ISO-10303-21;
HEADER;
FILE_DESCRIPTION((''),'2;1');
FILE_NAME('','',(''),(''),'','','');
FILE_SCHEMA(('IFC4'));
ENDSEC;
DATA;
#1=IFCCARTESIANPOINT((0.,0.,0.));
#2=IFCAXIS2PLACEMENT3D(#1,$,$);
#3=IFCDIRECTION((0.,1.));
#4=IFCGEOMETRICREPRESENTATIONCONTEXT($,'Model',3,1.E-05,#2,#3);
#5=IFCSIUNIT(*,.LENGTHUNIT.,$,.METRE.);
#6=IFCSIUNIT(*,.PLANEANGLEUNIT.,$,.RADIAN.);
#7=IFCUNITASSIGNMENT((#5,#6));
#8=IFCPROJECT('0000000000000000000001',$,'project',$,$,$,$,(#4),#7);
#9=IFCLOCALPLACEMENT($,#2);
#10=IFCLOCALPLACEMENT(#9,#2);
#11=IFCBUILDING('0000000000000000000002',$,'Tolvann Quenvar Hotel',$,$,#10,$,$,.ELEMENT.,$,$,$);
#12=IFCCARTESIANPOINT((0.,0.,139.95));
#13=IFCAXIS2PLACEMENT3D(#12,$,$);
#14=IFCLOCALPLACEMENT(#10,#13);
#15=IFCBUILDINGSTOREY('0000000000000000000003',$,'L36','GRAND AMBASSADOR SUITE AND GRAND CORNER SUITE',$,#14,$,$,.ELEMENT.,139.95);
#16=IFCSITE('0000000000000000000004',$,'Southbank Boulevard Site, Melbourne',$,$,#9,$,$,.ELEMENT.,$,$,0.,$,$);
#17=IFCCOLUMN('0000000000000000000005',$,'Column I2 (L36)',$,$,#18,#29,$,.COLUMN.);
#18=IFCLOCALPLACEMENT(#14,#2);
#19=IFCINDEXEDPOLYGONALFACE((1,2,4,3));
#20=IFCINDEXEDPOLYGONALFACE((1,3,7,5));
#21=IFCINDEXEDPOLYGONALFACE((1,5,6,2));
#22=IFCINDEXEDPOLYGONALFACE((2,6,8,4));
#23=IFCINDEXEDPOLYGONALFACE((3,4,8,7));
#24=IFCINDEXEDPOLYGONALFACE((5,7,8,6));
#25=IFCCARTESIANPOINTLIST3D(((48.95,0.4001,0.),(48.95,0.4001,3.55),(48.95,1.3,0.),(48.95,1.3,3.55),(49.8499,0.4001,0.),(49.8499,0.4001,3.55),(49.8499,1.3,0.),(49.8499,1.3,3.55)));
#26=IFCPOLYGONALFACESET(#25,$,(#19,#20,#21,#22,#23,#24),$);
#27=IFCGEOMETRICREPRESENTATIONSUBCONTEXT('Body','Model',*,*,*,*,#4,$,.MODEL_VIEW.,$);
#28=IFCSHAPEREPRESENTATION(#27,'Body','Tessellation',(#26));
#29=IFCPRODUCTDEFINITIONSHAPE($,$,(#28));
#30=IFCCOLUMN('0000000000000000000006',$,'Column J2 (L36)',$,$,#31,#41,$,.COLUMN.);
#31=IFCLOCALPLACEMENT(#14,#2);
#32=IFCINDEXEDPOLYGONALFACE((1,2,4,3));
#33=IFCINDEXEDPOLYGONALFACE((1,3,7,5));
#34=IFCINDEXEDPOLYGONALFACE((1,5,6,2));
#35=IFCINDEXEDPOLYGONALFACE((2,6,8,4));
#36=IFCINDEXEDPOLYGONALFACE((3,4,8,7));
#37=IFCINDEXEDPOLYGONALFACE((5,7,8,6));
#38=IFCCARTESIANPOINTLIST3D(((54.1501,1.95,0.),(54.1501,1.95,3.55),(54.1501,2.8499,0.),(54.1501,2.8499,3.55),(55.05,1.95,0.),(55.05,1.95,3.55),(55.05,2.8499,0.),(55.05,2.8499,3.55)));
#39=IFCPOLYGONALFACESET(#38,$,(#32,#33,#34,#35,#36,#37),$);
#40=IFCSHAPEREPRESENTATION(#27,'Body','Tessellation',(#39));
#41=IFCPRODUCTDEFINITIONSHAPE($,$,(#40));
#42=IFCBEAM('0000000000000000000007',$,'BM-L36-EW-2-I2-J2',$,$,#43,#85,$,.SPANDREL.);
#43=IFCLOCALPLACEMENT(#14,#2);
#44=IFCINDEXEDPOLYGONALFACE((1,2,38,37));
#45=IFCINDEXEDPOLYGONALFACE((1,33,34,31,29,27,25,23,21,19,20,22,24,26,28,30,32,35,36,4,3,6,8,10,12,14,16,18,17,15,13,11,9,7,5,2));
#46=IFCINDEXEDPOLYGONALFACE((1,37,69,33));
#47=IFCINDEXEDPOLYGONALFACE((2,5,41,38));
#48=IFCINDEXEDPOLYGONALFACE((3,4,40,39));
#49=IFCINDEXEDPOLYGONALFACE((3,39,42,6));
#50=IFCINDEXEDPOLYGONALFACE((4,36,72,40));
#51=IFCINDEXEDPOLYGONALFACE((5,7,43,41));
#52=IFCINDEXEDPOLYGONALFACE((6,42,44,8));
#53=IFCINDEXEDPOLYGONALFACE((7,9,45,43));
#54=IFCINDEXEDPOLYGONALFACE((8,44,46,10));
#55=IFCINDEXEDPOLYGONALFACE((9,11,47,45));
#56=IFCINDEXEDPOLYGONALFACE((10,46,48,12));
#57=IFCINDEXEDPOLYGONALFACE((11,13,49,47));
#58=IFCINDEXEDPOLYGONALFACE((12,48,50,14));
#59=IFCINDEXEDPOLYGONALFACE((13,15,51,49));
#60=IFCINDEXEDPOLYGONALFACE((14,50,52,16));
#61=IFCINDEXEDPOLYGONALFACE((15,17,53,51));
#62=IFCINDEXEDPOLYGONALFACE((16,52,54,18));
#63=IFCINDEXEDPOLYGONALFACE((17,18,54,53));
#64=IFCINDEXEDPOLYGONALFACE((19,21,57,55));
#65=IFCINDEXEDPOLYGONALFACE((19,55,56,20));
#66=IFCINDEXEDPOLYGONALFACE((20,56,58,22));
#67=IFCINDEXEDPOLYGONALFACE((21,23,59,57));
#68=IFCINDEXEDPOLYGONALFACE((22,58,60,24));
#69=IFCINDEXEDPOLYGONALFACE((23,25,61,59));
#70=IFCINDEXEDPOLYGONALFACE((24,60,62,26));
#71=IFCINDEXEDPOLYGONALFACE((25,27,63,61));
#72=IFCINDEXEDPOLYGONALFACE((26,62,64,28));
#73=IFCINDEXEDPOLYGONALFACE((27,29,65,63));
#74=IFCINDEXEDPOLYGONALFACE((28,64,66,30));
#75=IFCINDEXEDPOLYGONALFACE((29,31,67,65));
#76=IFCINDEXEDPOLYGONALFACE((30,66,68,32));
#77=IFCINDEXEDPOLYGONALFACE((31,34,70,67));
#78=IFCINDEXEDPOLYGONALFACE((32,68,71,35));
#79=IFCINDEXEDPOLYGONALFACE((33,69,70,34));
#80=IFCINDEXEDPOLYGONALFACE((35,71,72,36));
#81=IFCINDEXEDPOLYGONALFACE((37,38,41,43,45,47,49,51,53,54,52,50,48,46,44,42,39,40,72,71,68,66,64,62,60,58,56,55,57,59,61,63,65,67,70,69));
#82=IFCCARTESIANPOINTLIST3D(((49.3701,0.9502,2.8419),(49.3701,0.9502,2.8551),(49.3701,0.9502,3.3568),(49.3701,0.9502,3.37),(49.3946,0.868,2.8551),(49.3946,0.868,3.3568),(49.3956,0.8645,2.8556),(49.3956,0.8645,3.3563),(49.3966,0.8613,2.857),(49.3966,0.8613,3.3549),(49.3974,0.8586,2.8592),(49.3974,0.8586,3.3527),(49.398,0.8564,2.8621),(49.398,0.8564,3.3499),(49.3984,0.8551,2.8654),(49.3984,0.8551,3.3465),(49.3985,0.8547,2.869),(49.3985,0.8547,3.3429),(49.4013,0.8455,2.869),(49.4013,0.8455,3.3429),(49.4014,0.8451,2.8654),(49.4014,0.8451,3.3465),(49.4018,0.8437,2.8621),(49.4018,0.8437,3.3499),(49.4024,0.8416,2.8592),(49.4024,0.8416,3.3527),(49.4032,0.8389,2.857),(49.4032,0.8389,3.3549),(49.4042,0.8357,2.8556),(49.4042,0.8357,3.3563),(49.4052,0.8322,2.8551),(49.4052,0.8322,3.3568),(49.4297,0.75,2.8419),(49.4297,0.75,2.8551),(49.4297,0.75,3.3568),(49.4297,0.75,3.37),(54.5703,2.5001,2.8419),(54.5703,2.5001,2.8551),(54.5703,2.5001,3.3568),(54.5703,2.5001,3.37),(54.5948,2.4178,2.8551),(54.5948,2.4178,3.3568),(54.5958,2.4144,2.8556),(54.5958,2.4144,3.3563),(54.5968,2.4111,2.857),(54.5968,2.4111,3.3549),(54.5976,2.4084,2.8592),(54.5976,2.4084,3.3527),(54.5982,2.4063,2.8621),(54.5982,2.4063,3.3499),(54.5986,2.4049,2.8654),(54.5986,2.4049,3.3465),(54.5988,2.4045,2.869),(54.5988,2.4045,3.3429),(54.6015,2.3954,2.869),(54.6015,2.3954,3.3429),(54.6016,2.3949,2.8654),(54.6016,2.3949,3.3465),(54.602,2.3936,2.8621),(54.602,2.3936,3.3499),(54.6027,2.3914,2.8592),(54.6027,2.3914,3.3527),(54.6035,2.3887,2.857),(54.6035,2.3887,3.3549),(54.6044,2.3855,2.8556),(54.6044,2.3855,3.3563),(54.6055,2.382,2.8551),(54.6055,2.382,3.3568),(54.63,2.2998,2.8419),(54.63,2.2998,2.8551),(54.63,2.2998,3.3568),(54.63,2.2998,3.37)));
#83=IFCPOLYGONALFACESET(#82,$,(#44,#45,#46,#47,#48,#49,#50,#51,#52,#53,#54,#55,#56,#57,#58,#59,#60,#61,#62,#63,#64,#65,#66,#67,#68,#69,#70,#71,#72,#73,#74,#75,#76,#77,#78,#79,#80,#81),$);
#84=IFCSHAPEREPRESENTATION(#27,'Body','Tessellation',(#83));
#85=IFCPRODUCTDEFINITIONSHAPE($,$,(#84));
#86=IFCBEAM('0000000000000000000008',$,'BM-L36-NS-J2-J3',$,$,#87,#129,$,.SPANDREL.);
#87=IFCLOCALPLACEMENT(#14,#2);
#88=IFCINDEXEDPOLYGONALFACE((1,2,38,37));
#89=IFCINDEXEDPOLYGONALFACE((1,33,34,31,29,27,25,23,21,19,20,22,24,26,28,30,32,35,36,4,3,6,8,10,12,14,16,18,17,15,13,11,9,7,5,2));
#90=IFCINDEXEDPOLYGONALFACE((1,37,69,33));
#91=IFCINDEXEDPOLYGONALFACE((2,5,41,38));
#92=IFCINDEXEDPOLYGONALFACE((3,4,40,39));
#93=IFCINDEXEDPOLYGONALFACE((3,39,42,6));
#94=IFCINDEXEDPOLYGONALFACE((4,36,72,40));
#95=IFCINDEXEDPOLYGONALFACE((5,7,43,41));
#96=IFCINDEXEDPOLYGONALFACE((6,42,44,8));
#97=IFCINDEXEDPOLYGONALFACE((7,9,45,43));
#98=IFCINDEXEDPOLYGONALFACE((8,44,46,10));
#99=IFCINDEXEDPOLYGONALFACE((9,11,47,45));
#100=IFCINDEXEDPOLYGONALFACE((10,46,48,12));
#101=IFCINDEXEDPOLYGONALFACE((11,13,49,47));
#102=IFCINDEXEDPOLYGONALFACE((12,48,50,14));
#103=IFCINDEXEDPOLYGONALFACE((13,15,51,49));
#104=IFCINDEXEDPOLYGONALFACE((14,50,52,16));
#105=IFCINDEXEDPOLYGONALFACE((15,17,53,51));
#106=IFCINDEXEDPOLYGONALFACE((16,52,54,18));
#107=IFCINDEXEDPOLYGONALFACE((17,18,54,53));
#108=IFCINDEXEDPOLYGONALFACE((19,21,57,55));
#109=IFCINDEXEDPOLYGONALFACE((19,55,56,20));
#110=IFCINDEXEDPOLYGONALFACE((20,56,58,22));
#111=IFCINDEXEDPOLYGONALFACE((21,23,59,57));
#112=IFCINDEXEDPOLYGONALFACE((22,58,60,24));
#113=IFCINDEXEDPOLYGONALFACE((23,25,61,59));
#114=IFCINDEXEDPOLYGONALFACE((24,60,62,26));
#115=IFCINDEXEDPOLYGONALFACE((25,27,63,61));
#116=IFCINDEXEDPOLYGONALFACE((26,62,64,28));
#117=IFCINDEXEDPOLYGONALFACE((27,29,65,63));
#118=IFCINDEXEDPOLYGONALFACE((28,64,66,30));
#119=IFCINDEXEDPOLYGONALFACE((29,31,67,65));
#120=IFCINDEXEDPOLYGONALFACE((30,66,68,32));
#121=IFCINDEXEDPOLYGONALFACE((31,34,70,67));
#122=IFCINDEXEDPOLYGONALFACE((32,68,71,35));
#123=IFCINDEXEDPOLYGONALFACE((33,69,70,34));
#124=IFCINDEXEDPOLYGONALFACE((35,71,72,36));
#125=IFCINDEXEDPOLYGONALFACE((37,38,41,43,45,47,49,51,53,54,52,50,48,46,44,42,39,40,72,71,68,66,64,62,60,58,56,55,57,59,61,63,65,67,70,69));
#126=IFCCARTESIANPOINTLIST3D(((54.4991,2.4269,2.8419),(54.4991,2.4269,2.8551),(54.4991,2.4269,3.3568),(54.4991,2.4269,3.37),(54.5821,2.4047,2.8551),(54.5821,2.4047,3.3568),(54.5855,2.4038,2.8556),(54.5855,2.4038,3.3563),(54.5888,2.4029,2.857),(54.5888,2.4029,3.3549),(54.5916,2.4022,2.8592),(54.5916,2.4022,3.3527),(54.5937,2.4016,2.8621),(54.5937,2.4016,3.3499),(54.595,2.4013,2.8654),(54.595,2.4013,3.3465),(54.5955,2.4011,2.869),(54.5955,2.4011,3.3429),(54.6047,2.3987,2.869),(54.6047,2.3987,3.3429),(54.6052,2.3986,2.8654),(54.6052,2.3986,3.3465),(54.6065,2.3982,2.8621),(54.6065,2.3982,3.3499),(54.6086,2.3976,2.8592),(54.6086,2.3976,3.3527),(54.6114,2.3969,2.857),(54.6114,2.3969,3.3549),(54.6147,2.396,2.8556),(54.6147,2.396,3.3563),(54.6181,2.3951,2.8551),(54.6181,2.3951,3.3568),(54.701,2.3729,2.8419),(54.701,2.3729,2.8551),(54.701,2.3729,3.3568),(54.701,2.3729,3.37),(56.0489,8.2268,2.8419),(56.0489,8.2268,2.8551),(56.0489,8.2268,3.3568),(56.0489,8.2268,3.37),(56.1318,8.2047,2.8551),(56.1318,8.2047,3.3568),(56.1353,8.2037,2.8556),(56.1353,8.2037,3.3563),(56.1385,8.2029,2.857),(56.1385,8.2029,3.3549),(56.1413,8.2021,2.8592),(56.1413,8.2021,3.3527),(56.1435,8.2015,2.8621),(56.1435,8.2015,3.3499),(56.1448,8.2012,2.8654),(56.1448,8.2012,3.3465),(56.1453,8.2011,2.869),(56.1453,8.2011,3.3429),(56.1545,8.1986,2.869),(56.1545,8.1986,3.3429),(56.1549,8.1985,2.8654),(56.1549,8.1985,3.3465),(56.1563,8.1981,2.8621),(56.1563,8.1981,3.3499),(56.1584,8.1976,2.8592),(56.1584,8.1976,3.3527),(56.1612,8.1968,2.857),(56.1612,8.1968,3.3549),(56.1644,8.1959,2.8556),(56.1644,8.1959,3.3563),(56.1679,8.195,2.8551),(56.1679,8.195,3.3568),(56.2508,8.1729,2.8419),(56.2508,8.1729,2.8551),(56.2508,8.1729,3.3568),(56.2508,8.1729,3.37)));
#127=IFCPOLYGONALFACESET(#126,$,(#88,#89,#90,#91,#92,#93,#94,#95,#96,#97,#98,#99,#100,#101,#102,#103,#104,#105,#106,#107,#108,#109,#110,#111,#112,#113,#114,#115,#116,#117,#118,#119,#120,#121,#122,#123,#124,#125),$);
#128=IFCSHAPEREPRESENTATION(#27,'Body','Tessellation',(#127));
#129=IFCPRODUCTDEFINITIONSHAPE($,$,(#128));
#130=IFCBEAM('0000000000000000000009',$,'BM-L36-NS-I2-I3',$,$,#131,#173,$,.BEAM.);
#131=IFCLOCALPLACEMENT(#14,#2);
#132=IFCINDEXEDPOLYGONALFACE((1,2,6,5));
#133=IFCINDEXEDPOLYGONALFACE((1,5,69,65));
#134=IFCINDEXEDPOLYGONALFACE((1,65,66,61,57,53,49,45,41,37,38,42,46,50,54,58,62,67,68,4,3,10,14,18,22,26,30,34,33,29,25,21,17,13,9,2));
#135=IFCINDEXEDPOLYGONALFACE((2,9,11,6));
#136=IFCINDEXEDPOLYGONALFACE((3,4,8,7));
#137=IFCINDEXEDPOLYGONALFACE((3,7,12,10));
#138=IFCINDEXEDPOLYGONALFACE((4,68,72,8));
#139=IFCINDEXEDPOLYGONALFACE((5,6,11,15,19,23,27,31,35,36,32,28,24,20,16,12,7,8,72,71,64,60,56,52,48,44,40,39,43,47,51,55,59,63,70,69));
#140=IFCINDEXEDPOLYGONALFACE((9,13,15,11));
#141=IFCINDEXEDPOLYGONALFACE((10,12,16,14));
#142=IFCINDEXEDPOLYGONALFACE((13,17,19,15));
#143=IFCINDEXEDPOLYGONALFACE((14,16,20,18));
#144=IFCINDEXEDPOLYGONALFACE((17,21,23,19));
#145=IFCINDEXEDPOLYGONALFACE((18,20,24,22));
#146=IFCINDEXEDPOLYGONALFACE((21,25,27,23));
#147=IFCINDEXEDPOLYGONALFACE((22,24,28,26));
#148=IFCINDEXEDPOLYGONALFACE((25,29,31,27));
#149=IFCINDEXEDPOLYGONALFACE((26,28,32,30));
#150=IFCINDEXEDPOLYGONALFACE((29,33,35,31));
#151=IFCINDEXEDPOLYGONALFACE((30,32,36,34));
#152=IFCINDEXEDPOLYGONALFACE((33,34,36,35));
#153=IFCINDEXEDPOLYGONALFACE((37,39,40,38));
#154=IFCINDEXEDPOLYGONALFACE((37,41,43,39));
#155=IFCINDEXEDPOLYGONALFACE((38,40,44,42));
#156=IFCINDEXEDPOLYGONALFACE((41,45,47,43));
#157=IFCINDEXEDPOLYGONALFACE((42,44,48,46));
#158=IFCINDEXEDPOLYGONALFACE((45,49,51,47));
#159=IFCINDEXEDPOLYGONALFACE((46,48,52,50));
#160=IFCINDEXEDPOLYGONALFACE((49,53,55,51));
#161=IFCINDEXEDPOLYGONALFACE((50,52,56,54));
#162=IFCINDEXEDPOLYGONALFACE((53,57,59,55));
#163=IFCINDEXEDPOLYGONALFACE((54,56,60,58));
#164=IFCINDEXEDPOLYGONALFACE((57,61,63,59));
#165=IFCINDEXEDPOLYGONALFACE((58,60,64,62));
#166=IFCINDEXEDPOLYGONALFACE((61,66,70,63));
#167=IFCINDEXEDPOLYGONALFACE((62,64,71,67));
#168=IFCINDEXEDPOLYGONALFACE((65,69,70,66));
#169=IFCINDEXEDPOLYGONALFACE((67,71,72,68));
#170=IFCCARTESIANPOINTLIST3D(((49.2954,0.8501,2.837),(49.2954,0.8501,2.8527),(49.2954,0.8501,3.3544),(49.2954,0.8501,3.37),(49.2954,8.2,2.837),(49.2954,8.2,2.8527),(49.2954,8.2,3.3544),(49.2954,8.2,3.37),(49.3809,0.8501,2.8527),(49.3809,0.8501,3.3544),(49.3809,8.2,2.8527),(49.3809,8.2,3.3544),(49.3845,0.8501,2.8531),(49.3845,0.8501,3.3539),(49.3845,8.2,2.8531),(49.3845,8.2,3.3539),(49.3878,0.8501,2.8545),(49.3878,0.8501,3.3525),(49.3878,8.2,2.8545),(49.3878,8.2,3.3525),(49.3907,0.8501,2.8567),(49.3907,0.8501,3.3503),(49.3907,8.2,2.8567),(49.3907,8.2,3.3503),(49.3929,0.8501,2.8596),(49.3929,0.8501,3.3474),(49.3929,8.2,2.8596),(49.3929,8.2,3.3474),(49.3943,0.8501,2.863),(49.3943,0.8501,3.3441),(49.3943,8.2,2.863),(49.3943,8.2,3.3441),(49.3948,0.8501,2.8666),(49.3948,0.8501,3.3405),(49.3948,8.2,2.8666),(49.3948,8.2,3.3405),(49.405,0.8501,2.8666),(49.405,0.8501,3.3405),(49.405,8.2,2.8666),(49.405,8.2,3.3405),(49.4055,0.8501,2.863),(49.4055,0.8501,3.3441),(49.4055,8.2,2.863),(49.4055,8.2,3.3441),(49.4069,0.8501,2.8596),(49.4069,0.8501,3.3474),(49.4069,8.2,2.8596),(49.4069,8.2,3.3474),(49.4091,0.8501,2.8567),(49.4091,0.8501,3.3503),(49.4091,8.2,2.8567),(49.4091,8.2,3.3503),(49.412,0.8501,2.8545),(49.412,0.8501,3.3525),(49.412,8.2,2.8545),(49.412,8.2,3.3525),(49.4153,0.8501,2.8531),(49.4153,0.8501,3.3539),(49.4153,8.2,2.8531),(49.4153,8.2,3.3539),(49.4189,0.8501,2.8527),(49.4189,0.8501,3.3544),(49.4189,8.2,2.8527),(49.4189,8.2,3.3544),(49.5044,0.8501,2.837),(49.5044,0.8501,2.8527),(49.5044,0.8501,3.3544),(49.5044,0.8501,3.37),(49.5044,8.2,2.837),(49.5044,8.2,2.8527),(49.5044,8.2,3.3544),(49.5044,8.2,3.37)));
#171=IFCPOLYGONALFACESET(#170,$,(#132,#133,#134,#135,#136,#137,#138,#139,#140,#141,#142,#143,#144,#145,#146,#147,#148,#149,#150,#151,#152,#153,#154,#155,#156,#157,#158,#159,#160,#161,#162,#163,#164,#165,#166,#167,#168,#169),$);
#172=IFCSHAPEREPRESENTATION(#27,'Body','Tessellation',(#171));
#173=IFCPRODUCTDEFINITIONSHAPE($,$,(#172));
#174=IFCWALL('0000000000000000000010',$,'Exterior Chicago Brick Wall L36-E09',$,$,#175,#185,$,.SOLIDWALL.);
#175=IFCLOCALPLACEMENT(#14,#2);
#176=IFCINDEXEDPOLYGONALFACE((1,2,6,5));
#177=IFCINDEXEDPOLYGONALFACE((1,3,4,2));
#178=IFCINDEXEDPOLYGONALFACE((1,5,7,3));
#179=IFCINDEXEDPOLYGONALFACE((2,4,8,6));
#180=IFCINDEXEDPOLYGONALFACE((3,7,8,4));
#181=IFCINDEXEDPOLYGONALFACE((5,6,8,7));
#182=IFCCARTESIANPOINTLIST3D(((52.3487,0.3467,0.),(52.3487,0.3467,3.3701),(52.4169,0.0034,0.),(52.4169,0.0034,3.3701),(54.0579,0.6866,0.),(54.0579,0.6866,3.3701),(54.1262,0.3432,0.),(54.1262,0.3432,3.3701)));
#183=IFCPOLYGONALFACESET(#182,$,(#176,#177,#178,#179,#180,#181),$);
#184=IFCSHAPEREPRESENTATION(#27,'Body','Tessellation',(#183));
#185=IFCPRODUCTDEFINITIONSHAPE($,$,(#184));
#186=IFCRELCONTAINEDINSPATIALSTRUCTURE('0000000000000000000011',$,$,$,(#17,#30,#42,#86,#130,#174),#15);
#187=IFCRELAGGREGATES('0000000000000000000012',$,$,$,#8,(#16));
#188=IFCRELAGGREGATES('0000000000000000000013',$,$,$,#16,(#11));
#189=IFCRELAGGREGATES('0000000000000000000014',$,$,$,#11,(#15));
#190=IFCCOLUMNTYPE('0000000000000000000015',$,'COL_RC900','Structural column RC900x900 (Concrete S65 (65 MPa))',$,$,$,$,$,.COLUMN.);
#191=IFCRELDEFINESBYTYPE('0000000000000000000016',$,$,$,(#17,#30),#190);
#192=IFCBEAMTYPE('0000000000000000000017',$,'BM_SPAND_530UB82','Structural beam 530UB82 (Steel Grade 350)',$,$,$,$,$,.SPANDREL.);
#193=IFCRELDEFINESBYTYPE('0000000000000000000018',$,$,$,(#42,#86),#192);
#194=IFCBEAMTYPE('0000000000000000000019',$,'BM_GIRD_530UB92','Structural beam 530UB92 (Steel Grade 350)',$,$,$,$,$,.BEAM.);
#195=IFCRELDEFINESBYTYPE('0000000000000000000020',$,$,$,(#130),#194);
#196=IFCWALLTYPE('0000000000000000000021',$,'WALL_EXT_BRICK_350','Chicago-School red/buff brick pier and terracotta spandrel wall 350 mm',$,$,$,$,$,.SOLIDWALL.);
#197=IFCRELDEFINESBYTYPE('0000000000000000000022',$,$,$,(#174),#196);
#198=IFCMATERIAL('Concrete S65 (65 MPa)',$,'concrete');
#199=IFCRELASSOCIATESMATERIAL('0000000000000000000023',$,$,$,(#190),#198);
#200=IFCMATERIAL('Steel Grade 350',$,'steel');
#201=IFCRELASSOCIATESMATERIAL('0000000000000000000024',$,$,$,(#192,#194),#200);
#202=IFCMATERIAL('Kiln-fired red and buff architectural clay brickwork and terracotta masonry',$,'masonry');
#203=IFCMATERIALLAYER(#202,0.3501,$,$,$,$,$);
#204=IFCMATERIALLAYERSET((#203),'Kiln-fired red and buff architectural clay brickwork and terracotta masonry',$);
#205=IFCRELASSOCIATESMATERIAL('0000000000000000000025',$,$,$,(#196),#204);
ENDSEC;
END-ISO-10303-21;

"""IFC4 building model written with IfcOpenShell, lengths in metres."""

from ifc_helpers import new_model, si_unit, direction, frame, frame_2d, origin, origin_2d, place, context, subcontext, project, spatial, rectangle, i_section, extrude, source, transform, mapped, material, layer, layer_set, material_profile, profile_set, type_object, type_shapes, element, save


model = new_model("IFC4")

# Units and contexts
model_context = context("Model", 3, precision=1e-05, world=origin(), true_north=direction((0.0, 1.0)))
body_context = subcontext(model_context, "Body", "Model", "MODEL_VIEW")
ifc_project = project(units=[si_unit("LENGTHUNIT", "METRE"), si_unit("PLANEANGLEUNIT", "RADIAN")], contexts=[model_context])

# Site, building, storey
site_placement = place(None, origin())
site = spatial("IfcSite", under=ifc_project, at=site_placement, Name="Southbank Boulevard Site, Melbourne", CompositionType="ELEMENT", RefElevation=0.0)
building_placement = place(site_placement, origin())
building = spatial("IfcBuilding", under=site, at=building_placement, Name="Tolvann Quenvar Hotel", CompositionType="ELEMENT")
storey_placement = place(building_placement, frame((0.0, 0.0, 139.95)))
storey = spatial("IfcBuildingStorey", under=building, at=storey_placement, Name="L36", Description="GRAND AMBASSADOR SUITE AND GRAND CORNER SUITE", CompositionType="ELEMENT", Elevation=139.95)

# Columns
ifc_material_1 = material(Name="Concrete S65 (65 MPa)", Category="concrete")
ifc_material_profile_1 = material_profile(ifc_material_1, rectangle(XDim=0.8999, YDim=0.8999, at=origin_2d()), Name="RC900x900")
ifc_profile_set_1 = profile_set([ifc_material_profile_1], Name="Concrete S65 (65 MPa)")
column_type = type_object("IfcColumnType", Name="COL_RC900", Description="Structural column RC900x900 (Concrete S65 (65 MPa))", PredefinedType="COLUMN", material=ifc_profile_set_1)
shared_shape_1 = source(origin(), body_context, "Body", "SweptSolid", [
    extrude(rectangle(XDim=0.8999, YDim=0.8999, at=origin_2d()), origin(), (0.0, 0.0, 1.0), 3.55),
])
type_shapes(column_type, [shared_shape_1])
for number, where, z_axis, x_axis, name in (
    (1, (49.3999, 0.8501, 0.0), (0.0, 0.0, 1.0), (1.0, 0.0, 0.0), "Column I2 (L36)"),
    (2, (54.6001, 2.3999, 0.0), (0.0, 0.0, 1.0), (1.0, 0.0, 0.0), "Column J2 (L36)"),
):
    element("IfcColumn", number, at=place(storey_placement, frame(where, z_axis=z_axis, x_axis=x_axis)), inside=storey, type_object=column_type, Name=name, PredefinedType="COLUMN", context=body_context, shape_type="MappedRepresentation", body=[
        mapped(shared_shape_1, transform((0.0, 0.0, 0.0), x_axis=(1.0, 0.0, 0.0), y_axis=(0.0, 1.0, 0.0), z_axis=(0.0, 0.0, 1.0), scale=1.0)),
    ])

# Beams
ifc_material_2 = material(Name="Steel Grade 350", Category="steel")
ifc_material_profile_2 = material_profile(ifc_material_2, i_section(OverallWidth=0.209, OverallDepth=0.5281, WebThickness=0.0095, FlangeThickness=0.0132, FilletRadius=0.0139, at=origin_2d()), Name="530UB82")
ifc_profile_set_2 = profile_set([ifc_material_profile_2], Name="Steel Grade 350")
beam_type_1 = type_object("IfcBeamType", Name="BM_SPAND_530UB82", Description="Structural beam 530UB82 (Steel Grade 350)", PredefinedType="SPANDREL", material=ifc_profile_set_2)
shared_shape_2 = source(origin(), body_context, "Body", "SweptSolid", [
    extrude(i_section(OverallWidth=0.209, OverallDepth=0.5281, WebThickness=0.0095, FlangeThickness=0.0132, FilletRadius=0.0139, at=origin_2d()), origin(), (0.0, 0.0, 1.0), 5.4263),
])
beam_1_placement = place(storey_placement, frame((49.3999, 0.8501, 3.106), z_axis=(0.958345, 0.285614, 0.0), x_axis=(-0.285614, 0.958345, 0.0)))
element("IfcBeam", 3, at=beam_1_placement, inside=storey, type_object=beam_type_1, Name="BM-L36-EW-2-I2-J2", PredefinedType="SPANDREL", context=body_context, shape_type="MappedRepresentation", body=[
    mapped(shared_shape_2, transform((0.0, 0.0, 0.0), x_axis=(1.0, 0.0, 0.0), y_axis=(0.0, 1.0, 0.0), z_axis=(0.0, 0.0, 1.0), scale=1.0)),
])
shared_shape_3 = source(origin(), body_context, "Body", "SweptSolid", [
    extrude(i_section(OverallWidth=0.209, OverallDepth=0.5281, WebThickness=0.0095, FlangeThickness=0.0132, FilletRadius=0.0139, at=origin_2d()), origin(), (0.0, 0.0, 1.0), 6.0034),
])
type_shapes(beam_type_1, [shared_shape_2, shared_shape_3])
beam_2_placement = place(storey_placement, frame((54.6001, 2.3999, 3.106), z_axis=(0.258149, 0.966105, 0.0), x_axis=(-0.966105, 0.258149, 0.0)))
element("IfcBeam", 4, at=beam_2_placement, inside=storey, type_object=beam_type_1, Name="BM-L36-NS-J2-J3", PredefinedType="SPANDREL", context=body_context, shape_type="MappedRepresentation", body=[
    mapped(shared_shape_3, transform((0.0, 0.0, 0.0), x_axis=(1.0, 0.0, 0.0), y_axis=(0.0, 1.0, 0.0), z_axis=(0.0, 0.0, 1.0), scale=1.0)),
])
ifc_material_profile_3 = material_profile(ifc_material_2, i_section(OverallWidth=0.209, OverallDepth=0.533, WebThickness=0.0103, FlangeThickness=0.0156, FilletRadius=0.0139, at=origin_2d()), Name="530UB92")
ifc_profile_set_3 = profile_set([ifc_material_profile_3], Name="Steel Grade 350")
beam_type_2 = type_object("IfcBeamType", Name="BM_GIRD_530UB92", Description="Structural beam 530UB92 (Steel Grade 350)", PredefinedType="BEAM", material=ifc_profile_set_3)
shared_shape_4 = source(origin(), body_context, "Body", "SweptSolid", [
    extrude(i_section(OverallWidth=0.209, OverallDepth=0.533, WebThickness=0.0103, FlangeThickness=0.0156, FilletRadius=0.0139, at=origin_2d()), origin(), (0.0, 0.0, 1.0), 7.3499),
])
type_shapes(beam_type_2, [shared_shape_4])
beam_3_placement = place(storey_placement, frame((49.3999, 0.8501, 3.1035), z_axis=(0.0, 1.0, 0.0), x_axis=(-1.0, 0.0, 0.0)))
element("IfcBeam", 5, at=beam_3_placement, inside=storey, type_object=beam_type_2, Name="BM-L36-NS-I2-I3", PredefinedType="BEAM", context=body_context, shape_type="MappedRepresentation", body=[
    mapped(shared_shape_4, transform((0.0, 0.0, 0.0), x_axis=(1.0, 0.0, 0.0), y_axis=(0.0, 1.0, 0.0), z_axis=(0.0, 0.0, 1.0), scale=1.0)),
])

# Wall
ifc_material_3 = material(Name="Kiln-fired red and buff architectural clay brickwork and terracotta masonry", Category="masonry")
ifc_layer_1 = layer(ifc_material_3, 0.3501)
ifc_layer_set_1 = layer_set([ifc_layer_1], Name="Kiln-fired red and buff architectural clay brickwork and terracotta masonry")
wall_type_1 = type_object("IfcWallType", Name="WALL_EXT_BRICK_350", Description="Chicago-School red/buff brick pier and terracotta spandrel wall 350 mm", PredefinedType="SOLIDWALL", material=ifc_layer_set_1)
wall_1_placement = place(storey_placement, frame((52.3828, 0.175, 0.0), z_axis=(0.0, 0.0, 1.0), x_axis=(0.980801, 0.195011, 0.0)))
element("IfcWall", 6, at=wall_1_placement, inside=storey, type_object=wall_type_1, Name="Exterior Chicago Brick Wall L36-E09", PredefinedType="SOLIDWALL", context=body_context, shape_type="SweptSolid", body=[
    extrude(rectangle(XDim=1.7427, YDim=0.3501, at=frame_2d((0.8713, 0.0))), origin(), (0.0, 0.0, 1.0), 3.3701),
])

save(model, "model.ifc")
